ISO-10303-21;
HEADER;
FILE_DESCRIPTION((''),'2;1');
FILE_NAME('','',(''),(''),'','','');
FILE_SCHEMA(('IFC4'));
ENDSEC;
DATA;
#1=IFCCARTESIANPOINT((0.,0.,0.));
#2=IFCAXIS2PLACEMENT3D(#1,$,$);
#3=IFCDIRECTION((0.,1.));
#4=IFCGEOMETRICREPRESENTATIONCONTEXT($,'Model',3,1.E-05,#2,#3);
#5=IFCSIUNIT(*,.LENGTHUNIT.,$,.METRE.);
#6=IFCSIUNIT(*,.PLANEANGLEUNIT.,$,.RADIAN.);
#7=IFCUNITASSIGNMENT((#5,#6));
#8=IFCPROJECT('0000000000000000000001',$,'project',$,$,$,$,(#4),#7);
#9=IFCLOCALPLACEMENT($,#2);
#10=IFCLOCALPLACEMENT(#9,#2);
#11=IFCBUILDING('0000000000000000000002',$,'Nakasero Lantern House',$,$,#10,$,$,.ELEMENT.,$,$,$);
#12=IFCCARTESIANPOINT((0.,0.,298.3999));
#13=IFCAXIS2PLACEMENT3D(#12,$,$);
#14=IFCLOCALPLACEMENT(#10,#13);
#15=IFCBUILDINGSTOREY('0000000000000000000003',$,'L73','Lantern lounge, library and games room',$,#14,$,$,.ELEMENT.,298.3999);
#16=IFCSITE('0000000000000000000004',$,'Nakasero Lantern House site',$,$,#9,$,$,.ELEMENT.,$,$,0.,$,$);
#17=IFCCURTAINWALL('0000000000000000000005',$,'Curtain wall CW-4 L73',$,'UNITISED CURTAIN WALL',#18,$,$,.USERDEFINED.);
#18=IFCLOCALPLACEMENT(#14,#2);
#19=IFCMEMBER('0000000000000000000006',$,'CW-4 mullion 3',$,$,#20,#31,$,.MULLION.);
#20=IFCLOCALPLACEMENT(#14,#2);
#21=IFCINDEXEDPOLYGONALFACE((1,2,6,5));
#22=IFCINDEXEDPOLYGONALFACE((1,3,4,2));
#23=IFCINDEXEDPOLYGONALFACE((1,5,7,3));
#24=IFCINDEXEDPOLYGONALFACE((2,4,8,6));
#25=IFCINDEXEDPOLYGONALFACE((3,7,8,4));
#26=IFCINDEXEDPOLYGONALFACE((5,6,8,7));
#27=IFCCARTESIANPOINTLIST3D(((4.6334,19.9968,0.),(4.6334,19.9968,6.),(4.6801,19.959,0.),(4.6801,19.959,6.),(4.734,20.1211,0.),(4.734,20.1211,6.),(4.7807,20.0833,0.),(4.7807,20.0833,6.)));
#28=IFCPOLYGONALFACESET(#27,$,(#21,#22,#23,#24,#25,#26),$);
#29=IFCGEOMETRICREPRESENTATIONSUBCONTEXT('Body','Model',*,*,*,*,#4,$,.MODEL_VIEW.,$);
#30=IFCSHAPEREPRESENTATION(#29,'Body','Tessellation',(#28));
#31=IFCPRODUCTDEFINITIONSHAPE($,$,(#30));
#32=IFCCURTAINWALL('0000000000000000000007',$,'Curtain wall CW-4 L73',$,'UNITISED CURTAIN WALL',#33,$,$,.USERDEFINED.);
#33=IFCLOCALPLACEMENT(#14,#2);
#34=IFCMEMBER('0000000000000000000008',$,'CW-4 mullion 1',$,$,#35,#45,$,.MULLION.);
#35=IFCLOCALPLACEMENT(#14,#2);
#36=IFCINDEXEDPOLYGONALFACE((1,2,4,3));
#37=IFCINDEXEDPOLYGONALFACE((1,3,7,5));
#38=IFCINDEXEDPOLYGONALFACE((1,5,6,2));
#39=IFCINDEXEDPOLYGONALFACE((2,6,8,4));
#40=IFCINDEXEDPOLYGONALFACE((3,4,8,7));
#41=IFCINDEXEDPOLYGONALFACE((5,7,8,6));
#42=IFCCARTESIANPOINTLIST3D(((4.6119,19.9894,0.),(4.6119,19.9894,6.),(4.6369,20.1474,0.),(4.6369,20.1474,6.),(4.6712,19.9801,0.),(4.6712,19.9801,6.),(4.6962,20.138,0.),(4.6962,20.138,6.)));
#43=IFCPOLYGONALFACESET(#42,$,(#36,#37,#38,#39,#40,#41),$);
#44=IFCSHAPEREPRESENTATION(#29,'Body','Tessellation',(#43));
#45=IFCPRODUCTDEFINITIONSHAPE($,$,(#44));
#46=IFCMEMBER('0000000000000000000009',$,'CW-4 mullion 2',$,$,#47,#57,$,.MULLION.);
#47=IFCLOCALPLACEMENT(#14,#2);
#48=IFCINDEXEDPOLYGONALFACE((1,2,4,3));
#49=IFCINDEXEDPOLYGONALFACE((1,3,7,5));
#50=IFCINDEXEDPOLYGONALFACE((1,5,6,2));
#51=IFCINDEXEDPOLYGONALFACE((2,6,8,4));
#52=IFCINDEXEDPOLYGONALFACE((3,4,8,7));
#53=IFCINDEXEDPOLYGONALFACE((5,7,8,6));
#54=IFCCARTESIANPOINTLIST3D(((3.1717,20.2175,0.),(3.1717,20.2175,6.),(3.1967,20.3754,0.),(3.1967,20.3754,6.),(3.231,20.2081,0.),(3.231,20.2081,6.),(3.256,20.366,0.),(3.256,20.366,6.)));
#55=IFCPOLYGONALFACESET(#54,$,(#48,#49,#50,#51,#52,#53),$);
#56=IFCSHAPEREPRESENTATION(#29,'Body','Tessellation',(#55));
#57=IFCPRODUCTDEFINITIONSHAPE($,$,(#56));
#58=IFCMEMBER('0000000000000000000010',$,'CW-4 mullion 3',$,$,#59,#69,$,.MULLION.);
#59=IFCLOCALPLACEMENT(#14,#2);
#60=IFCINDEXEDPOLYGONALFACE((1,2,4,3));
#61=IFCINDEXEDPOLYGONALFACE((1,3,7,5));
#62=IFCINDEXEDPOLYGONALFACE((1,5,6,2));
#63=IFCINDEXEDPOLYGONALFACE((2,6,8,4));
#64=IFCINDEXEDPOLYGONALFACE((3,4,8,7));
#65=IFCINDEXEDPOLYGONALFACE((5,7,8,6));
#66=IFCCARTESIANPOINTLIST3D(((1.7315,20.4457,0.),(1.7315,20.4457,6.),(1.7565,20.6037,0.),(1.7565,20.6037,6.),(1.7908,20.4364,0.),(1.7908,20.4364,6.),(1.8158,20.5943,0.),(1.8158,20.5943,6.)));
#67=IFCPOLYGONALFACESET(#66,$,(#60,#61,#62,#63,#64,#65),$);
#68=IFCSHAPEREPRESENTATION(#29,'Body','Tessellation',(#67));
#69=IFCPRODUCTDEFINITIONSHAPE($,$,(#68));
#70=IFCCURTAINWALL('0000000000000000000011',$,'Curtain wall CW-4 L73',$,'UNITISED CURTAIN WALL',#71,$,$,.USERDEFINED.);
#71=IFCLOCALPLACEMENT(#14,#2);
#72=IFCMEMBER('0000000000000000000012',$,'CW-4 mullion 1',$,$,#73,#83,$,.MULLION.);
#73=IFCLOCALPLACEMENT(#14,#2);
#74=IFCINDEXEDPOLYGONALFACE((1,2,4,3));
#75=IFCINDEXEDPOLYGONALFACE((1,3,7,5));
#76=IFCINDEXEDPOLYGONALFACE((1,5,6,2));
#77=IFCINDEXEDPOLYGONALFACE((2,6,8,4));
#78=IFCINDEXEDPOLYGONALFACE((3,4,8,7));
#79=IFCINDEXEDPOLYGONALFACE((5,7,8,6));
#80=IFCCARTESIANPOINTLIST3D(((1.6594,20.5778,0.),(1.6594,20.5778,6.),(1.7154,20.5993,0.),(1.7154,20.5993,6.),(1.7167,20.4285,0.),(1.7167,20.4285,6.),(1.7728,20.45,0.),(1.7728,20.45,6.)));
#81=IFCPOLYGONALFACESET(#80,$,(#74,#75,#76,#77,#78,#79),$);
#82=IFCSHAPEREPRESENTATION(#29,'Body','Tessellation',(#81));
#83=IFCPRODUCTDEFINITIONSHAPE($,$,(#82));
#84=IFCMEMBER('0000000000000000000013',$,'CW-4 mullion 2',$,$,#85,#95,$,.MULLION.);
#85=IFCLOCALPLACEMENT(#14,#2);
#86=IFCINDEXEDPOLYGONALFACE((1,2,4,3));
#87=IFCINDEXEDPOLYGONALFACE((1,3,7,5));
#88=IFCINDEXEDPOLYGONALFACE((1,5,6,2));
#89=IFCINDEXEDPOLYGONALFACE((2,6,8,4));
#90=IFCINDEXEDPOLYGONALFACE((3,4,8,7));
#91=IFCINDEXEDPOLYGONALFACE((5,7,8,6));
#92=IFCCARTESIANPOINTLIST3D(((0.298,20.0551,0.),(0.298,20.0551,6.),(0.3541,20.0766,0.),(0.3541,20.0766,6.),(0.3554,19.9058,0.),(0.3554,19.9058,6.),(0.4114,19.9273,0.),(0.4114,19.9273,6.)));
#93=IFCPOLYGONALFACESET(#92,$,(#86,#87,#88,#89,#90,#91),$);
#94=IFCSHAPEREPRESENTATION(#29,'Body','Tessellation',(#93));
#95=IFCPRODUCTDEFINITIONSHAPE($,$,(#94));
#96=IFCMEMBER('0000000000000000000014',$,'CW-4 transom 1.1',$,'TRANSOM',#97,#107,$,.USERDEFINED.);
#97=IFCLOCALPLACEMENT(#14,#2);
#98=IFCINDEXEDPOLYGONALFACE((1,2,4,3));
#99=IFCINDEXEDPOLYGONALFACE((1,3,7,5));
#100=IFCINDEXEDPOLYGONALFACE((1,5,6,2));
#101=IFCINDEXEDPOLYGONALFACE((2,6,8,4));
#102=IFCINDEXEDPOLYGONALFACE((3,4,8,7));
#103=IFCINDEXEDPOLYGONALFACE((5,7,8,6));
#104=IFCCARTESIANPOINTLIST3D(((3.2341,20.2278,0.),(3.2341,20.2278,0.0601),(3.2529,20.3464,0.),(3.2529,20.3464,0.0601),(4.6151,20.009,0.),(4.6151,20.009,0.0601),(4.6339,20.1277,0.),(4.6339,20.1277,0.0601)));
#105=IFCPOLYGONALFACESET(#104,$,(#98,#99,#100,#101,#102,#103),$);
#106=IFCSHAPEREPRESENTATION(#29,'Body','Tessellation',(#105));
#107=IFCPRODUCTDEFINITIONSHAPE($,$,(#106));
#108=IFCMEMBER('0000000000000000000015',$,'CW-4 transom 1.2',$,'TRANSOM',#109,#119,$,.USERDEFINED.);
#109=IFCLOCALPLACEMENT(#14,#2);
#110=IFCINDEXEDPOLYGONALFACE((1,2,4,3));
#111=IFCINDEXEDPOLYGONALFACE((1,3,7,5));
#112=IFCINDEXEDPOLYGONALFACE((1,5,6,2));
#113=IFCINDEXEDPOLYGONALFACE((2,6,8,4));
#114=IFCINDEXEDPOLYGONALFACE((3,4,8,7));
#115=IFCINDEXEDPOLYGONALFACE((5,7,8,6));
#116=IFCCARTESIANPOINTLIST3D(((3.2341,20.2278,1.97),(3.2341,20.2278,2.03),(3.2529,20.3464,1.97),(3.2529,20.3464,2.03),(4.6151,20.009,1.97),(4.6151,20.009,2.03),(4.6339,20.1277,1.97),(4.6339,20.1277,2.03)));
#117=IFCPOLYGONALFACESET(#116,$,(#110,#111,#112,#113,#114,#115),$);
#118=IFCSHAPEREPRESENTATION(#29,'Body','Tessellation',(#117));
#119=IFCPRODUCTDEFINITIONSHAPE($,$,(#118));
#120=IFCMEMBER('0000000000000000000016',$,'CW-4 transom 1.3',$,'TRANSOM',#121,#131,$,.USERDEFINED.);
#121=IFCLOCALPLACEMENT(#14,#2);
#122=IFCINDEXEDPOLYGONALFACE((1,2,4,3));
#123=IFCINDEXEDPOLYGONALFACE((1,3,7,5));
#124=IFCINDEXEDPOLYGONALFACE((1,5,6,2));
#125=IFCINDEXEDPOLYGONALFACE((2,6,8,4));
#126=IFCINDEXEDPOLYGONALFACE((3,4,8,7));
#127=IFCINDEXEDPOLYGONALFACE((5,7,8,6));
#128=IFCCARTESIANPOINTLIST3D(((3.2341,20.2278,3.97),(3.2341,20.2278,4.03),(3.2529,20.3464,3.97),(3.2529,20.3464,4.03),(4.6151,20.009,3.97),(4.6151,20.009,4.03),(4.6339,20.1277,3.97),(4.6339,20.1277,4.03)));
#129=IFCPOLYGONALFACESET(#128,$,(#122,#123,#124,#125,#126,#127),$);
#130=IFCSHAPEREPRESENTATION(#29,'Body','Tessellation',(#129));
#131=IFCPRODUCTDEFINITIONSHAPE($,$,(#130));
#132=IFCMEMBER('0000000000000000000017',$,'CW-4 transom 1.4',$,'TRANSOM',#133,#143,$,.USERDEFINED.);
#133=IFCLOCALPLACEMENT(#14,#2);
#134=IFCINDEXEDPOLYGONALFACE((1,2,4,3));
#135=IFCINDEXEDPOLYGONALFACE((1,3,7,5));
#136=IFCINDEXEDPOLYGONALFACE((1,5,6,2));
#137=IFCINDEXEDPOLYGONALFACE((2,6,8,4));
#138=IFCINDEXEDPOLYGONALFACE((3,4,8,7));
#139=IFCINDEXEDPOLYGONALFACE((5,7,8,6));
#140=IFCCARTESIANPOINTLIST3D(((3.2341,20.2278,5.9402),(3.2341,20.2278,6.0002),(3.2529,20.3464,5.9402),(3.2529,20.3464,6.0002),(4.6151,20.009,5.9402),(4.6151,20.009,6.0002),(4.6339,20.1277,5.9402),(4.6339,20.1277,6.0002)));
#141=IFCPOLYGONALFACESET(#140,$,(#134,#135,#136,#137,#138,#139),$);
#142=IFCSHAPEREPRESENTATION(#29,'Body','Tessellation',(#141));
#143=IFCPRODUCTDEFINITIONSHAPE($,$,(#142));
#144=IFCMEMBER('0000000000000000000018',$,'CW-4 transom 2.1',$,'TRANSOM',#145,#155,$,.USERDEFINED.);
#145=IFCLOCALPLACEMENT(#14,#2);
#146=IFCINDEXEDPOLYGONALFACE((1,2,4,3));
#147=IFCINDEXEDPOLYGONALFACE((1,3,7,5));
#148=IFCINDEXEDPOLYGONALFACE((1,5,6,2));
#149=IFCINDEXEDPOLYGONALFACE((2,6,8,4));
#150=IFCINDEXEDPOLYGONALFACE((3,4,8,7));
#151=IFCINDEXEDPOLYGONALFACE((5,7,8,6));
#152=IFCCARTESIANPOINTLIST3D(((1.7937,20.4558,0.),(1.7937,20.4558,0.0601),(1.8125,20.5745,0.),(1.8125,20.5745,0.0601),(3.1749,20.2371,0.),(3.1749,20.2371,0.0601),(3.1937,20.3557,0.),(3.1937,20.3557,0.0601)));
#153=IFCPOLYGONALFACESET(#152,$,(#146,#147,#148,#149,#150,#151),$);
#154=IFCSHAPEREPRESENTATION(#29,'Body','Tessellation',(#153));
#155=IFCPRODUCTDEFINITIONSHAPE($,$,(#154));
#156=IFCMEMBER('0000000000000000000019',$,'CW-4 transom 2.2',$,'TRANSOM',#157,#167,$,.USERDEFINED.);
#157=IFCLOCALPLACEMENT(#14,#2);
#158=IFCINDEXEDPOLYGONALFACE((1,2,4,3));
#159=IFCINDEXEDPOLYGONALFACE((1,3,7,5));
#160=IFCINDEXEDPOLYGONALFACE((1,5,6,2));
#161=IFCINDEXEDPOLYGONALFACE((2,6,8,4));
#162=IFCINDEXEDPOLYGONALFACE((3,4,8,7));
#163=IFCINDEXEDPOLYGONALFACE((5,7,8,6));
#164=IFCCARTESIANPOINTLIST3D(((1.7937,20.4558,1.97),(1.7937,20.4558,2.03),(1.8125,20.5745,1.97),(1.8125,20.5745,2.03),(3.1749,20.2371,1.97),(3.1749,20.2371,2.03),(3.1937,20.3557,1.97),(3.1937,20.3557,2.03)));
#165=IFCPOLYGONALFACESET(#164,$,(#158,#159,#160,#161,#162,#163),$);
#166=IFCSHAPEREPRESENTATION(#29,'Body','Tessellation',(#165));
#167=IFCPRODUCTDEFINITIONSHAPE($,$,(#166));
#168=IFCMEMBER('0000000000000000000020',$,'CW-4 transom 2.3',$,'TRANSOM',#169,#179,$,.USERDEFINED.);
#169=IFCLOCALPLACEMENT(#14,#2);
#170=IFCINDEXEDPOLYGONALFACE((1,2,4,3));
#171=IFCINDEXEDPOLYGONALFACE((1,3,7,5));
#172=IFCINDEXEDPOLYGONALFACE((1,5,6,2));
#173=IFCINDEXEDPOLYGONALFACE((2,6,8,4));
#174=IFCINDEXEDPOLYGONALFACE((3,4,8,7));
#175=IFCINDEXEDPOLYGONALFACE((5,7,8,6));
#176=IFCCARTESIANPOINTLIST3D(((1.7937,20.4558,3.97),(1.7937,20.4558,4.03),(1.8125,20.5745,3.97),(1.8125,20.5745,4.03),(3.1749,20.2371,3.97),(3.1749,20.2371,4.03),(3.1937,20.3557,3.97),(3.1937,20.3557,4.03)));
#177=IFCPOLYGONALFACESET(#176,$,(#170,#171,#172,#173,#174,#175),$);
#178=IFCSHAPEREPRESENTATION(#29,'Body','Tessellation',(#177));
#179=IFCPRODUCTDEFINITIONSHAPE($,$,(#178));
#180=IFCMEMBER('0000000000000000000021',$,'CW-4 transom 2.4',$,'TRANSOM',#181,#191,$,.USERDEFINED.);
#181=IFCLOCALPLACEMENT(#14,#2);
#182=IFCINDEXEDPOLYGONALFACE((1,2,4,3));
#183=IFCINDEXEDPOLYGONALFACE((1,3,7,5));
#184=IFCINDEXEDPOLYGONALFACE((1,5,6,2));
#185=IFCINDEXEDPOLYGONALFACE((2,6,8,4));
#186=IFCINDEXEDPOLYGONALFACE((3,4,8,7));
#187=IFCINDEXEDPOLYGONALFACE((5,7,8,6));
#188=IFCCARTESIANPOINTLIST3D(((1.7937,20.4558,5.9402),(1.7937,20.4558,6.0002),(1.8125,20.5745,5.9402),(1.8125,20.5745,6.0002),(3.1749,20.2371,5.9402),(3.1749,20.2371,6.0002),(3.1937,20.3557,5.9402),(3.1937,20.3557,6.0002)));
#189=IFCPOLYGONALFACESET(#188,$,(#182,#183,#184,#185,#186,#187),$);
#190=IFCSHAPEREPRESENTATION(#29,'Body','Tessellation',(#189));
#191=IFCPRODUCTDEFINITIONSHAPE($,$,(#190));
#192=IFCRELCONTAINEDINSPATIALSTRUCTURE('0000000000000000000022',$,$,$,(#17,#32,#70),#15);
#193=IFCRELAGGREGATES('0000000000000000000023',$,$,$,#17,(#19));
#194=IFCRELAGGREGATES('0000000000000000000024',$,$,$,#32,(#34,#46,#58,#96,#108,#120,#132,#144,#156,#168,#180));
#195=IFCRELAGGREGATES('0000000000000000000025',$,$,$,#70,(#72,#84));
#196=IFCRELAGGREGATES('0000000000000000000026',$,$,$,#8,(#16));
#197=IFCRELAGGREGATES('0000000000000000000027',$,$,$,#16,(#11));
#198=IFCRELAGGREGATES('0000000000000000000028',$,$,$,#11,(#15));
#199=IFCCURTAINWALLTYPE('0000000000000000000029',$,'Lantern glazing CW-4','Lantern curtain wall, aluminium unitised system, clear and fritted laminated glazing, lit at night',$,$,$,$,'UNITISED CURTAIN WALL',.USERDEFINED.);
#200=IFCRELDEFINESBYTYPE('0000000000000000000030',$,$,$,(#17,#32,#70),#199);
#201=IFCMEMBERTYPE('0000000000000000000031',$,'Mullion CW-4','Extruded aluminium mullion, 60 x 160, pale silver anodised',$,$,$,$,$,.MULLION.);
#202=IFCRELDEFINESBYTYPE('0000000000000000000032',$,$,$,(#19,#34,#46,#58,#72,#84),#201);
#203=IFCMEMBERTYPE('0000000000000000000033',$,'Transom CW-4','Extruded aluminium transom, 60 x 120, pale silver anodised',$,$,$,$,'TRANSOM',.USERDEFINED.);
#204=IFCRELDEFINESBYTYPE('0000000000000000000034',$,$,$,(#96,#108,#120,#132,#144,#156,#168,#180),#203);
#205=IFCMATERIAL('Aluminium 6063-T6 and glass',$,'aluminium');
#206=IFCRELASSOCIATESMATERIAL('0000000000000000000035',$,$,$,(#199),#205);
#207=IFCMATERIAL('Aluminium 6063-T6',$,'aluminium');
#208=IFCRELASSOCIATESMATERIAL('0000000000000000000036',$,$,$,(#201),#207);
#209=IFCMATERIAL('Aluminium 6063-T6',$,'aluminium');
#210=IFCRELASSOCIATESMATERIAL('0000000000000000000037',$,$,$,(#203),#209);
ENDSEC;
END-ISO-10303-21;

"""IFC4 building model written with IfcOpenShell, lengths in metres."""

from ifc_helpers import new_model, si_unit, direction, frame, origin, origin_2d, place, context, subcontext, project, spatial, rectangle, extrude, material, material_profile, profile_set, type_object, element, aggregate, save


model = new_model("IFC4")

# Units and contexts
model_context = context("Model", 3, precision=1e-05, world=origin(), true_north=direction((0.0, 1.0)))
body_context = subcontext(model_context, "Body", "Model", "MODEL_VIEW")
ifc_project = project(units=[si_unit("LENGTHUNIT", "METRE"), si_unit("PLANEANGLEUNIT", "RADIAN")], contexts=[model_context])

# Site, building, storey
site_placement = place(None, origin())
site = spatial("IfcSite", under=ifc_project, at=site_placement, Name="Nakasero Lantern House site", CompositionType="ELEMENT", RefElevation=0.0)
building_placement = place(site_placement, origin())
building = spatial("IfcBuilding", under=site, at=building_placement, Name="Nakasero Lantern House", CompositionType="ELEMENT")
storey_placement = place(building_placement, frame((0.0, 0.0, 298.3999)))
storey = spatial("IfcBuildingStorey", under=building, at=storey_placement, Name="L73", Description="Lantern lounge, library and games room", CompositionType="ELEMENT", Elevation=298.3999)

# Curtain wall, member
ifc_material_1 = material(Name="Aluminium 6063-T6 and glass", Category="aluminium")
curtain_wall_type = type_object("IfcCurtainWallType", Name="Lantern glazing CW-4", Description="Lantern curtain wall, aluminium unitised system, clear and fritted laminated glazing, lit at night", ElementType="UNITISED CURTAIN WALL", PredefinedType="USERDEFINED", material=ifc_material_1)
curtain_wall_1_placement = place(storey_placement, origin())
curtain_wall_1 = element("IfcCurtainWall", 1, at=curtain_wall_1_placement, inside=storey, type_object=curtain_wall_type, Name="Curtain wall CW-4 L73", ObjectType="UNITISED CURTAIN WALL", PredefinedType="USERDEFINED")
ifc_material_2 = material(Name="Aluminium 6063-T6", Category="aluminium")
ifc_material_profile_1 = material_profile(ifc_material_2, rectangle(XDim=0.0601, YDim=0.1599, at=origin_2d()), Name="CW-4 mullion 60x160")
ifc_profile_set_1 = profile_set([ifc_material_profile_1], Name="Aluminium 6063-T6")
member_type_1 = type_object("IfcMemberType", Name="Mullion CW-4", Description="Extruded aluminium mullion, 60 x 160, pale silver anodised", PredefinedType="MULLION", material=ifc_profile_set_1)
member_1_placement = place(storey_placement, frame((4.707, 20.04, 0.0), z_axis=(0.0, 0.0, 1.0), x_axis=(-0.777146, 0.62932, 0.0)))
member_1 = element("IfcMember", 2, at=member_1_placement, type_object=member_type_1, Name="CW-4 mullion 3", PredefinedType="MULLION", context=body_context, shape_type="SweptSolid", body=[
    extrude(rectangle(XDim=0.0601, YDim=0.1599, at=origin_2d()), origin(), (0.0, 0.0, 1.0), 6.0),
])
aggregate(curtain_wall_1, [member_1])

# Curtain walls, members
curtain_wall_2_placement = place(storey_placement, origin())
curtain_wall_2 = element("IfcCurtainWall", 3, at=curtain_wall_2_placement, inside=storey, type_object=curtain_wall_type, Name="Curtain wall CW-4 L73", ObjectType="UNITISED CURTAIN WALL", PredefinedType="USERDEFINED")
member_2_placement = place(storey_placement, frame((4.6541, 20.0637, 0.0), z_axis=(0.0, 0.0, 1.0), x_axis=(-0.987688, 0.156434, 0.0)))
member_2 = element("IfcMember", 4, at=member_2_placement, type_object=member_type_1, Name="CW-4 mullion 1", PredefinedType="MULLION", context=body_context, shape_type="SweptSolid", body=[
    extrude(rectangle(XDim=0.0601, YDim=0.1599, at=origin_2d()), origin(), (0.0, 0.0, 1.0), 6.0),
])
member_3_placement = place(storey_placement, frame((3.2139, 20.2917, 0.0), z_axis=(0.0, 0.0, 1.0), x_axis=(-0.987688, 0.156434, 0.0)))
member_3 = element("IfcMember", 5, at=member_3_placement, type_object=member_type_1, Name="CW-4 mullion 2", PredefinedType="MULLION", context=body_context, shape_type="SweptSolid", body=[
    extrude(rectangle(XDim=0.0601, YDim=0.1599, at=origin_2d()), origin(), (0.0, 0.0, 1.0), 6.0),
])
member_4_placement = place(storey_placement, frame((1.7737, 20.52, 0.0), z_axis=(0.0, 0.0, 1.0), x_axis=(-0.987688, 0.156434, 0.0)))
member_4 = element("IfcMember", 6, at=member_4_placement, type_object=member_type_1, Name="CW-4 mullion 3", PredefinedType="MULLION", context=body_context, shape_type="SweptSolid", body=[
    extrude(rectangle(XDim=0.0601, YDim=0.1599, at=origin_2d()), origin(), (0.0, 0.0, 1.0), 6.0),
])
curtain_wall_3_placement = place(storey_placement, origin())
curtain_wall_3 = element("IfcCurtainWall", 7, at=curtain_wall_3_placement, inside=storey, type_object=curtain_wall_type, Name="Curtain wall CW-4 L73", ObjectType="UNITISED CURTAIN WALL", PredefinedType="USERDEFINED")
member_5_placement = place(storey_placement, frame((1.7161, 20.5139, 0.0), z_axis=(0.0, 0.0, 1.0), x_axis=(-0.93358, -0.358368, 0.0)))
member_5 = element("IfcMember", 8, at=member_5_placement, type_object=member_type_1, Name="CW-4 mullion 1", PredefinedType="MULLION", context=body_context, shape_type="SweptSolid", body=[
    extrude(rectangle(XDim=0.0601, YDim=0.1599, at=origin_2d()), origin(), (0.0, 0.0, 1.0), 6.0),
])
member_6_placement = place(storey_placement, frame((0.3547, 19.9912, 0.0), z_axis=(0.0, 0.0, 1.0), x_axis=(-0.93358, -0.358368, 0.0)))
member_6 = element("IfcMember", 9, at=member_6_placement, type_object=member_type_1, Name="CW-4 mullion 2", PredefinedType="MULLION", context=body_context, shape_type="SweptSolid", body=[
    extrude(rectangle(XDim=0.0601, YDim=0.1599, at=origin_2d()), origin(), (0.0, 0.0, 1.0), 6.0),
])

# Members
ifc_material_3 = material(Name="Aluminium 6063-T6", Category="aluminium")
ifc_material_profile_2 = material_profile(ifc_material_3, rectangle(XDim=0.0601, YDim=0.1201, at=origin_2d()), Name="CW-4 transom 60x120")
ifc_profile_set_2 = profile_set([ifc_material_profile_2], Name="Aluminium 6063-T6")
member_type_2 = type_object("IfcMemberType", Name="Transom CW-4", Description="Extruded aluminium transom, 60 x 120, pale silver anodised", ElementType="TRANSOM", PredefinedType="USERDEFINED", material=ifc_profile_set_2)
member_7_placement = place(storey_placement, frame((4.6245, 20.0684, 0.03), z_axis=(-0.987684, 0.156465, 0.0), x_axis=(0.0, 0.0, 1.0)))
member_7 = element("IfcMember", 10, at=member_7_placement, type_object=member_type_2, Name="CW-4 transom 1.1", ObjectType="TRANSOM", PredefinedType="USERDEFINED", context=body_context, shape_type="SweptSolid", body=[
    extrude(rectangle(XDim=0.0601, YDim=0.1201, at=origin_2d()), origin(), (0.0, 0.0, 1.0), 1.3982),
])
member_8_placement = place(storey_placement, frame((4.6245, 20.0684, 2.0), z_axis=(-0.987684, 0.156465, 0.0), x_axis=(0.0, 0.0, 1.0)))
member_8 = element("IfcMember", 11, at=member_8_placement, type_object=member_type_2, Name="CW-4 transom 1.2", ObjectType="TRANSOM", PredefinedType="USERDEFINED", context=body_context, shape_type="SweptSolid", body=[
    extrude(rectangle(XDim=0.0601, YDim=0.1201, at=origin_2d()), origin(), (0.0, 0.0, 1.0), 1.3982),
])
member_9_placement = place(storey_placement, frame((4.6245, 20.0684, 4.0), z_axis=(-0.987684, 0.156465, 0.0), x_axis=(0.0, 0.0, 1.0)))
member_9 = element("IfcMember", 12, at=member_9_placement, type_object=member_type_2, Name="CW-4 transom 1.3", ObjectType="TRANSOM", PredefinedType="USERDEFINED", context=body_context, shape_type="SweptSolid", body=[
    extrude(rectangle(XDim=0.0601, YDim=0.1201, at=origin_2d()), origin(), (0.0, 0.0, 1.0), 1.3982),
])
member_10_placement = place(storey_placement, frame((4.6245, 20.0684, 5.9702), z_axis=(-0.987684, 0.156465, 0.0), x_axis=(0.0, 0.0, 1.0)))
member_10 = element("IfcMember", 13, at=member_10_placement, type_object=member_type_2, Name="CW-4 transom 1.4", ObjectType="TRANSOM", PredefinedType="USERDEFINED", context=body_context, shape_type="SweptSolid", body=[
    extrude(rectangle(XDim=0.0601, YDim=0.1201, at=origin_2d()), origin(), (0.0, 0.0, 1.0), 1.3982),
])
member_11_placement = place(storey_placement, frame((3.1843, 20.2964, 0.03), z_axis=(-0.987688, 0.156438, 0.0), x_axis=(0.0, 0.0, 1.0)))
member_11 = element("IfcMember", 14, at=member_11_placement, type_object=member_type_2, Name="CW-4 transom 2.1", ObjectType="TRANSOM", PredefinedType="USERDEFINED", context=body_context, shape_type="SweptSolid", body=[
    extrude(rectangle(XDim=0.0601, YDim=0.1201, at=origin_2d()), origin(), (0.0, 0.0, 1.0), 1.3984),
])
member_12_placement = place(storey_placement, frame((3.1843, 20.2964, 2.0), z_axis=(-0.987688, 0.156438, 0.0), x_axis=(0.0, 0.0, 1.0)))
member_12 = element("IfcMember", 15, at=member_12_placement, type_object=member_type_2, Name="CW-4 transom 2.2", ObjectType="TRANSOM", PredefinedType="USERDEFINED", context=body_context, shape_type="SweptSolid", body=[
    extrude(rectangle(XDim=0.0601, YDim=0.1201, at=origin_2d()), origin(), (0.0, 0.0, 1.0), 1.3984),
])
member_13_placement = place(storey_placement, frame((3.1843, 20.2964, 4.0), z_axis=(-0.987688, 0.156438, 0.0), x_axis=(0.0, 0.0, 1.0)))
member_13 = element("IfcMember", 16, at=member_13_placement, type_object=member_type_2, Name="CW-4 transom 2.3", ObjectType="TRANSOM", PredefinedType="USERDEFINED", context=body_context, shape_type="SweptSolid", body=[
    extrude(rectangle(XDim=0.0601, YDim=0.1201, at=origin_2d()), origin(), (0.0, 0.0, 1.0), 1.3984),
])
member_14_placement = place(storey_placement, frame((3.1843, 20.2964, 5.9702), z_axis=(-0.987688, 0.156438, 0.0), x_axis=(0.0, 0.0, 1.0)))
member_14 = element("IfcMember", 17, at=member_14_placement, type_object=member_type_2, Name="CW-4 transom 2.4", ObjectType="TRANSOM", PredefinedType="USERDEFINED", context=body_context, shape_type="SweptSolid", body=[
    extrude(rectangle(XDim=0.0601, YDim=0.1201, at=origin_2d()), origin(), (0.0, 0.0, 1.0), 1.3984),
])

aggregate(curtain_wall_2, [member_2, member_3, member_4, member_7, member_8, member_9, member_10, member_11, member_12, member_13, member_14])
aggregate(curtain_wall_3, [member_5, member_6])

save(model, "model.ifc")
